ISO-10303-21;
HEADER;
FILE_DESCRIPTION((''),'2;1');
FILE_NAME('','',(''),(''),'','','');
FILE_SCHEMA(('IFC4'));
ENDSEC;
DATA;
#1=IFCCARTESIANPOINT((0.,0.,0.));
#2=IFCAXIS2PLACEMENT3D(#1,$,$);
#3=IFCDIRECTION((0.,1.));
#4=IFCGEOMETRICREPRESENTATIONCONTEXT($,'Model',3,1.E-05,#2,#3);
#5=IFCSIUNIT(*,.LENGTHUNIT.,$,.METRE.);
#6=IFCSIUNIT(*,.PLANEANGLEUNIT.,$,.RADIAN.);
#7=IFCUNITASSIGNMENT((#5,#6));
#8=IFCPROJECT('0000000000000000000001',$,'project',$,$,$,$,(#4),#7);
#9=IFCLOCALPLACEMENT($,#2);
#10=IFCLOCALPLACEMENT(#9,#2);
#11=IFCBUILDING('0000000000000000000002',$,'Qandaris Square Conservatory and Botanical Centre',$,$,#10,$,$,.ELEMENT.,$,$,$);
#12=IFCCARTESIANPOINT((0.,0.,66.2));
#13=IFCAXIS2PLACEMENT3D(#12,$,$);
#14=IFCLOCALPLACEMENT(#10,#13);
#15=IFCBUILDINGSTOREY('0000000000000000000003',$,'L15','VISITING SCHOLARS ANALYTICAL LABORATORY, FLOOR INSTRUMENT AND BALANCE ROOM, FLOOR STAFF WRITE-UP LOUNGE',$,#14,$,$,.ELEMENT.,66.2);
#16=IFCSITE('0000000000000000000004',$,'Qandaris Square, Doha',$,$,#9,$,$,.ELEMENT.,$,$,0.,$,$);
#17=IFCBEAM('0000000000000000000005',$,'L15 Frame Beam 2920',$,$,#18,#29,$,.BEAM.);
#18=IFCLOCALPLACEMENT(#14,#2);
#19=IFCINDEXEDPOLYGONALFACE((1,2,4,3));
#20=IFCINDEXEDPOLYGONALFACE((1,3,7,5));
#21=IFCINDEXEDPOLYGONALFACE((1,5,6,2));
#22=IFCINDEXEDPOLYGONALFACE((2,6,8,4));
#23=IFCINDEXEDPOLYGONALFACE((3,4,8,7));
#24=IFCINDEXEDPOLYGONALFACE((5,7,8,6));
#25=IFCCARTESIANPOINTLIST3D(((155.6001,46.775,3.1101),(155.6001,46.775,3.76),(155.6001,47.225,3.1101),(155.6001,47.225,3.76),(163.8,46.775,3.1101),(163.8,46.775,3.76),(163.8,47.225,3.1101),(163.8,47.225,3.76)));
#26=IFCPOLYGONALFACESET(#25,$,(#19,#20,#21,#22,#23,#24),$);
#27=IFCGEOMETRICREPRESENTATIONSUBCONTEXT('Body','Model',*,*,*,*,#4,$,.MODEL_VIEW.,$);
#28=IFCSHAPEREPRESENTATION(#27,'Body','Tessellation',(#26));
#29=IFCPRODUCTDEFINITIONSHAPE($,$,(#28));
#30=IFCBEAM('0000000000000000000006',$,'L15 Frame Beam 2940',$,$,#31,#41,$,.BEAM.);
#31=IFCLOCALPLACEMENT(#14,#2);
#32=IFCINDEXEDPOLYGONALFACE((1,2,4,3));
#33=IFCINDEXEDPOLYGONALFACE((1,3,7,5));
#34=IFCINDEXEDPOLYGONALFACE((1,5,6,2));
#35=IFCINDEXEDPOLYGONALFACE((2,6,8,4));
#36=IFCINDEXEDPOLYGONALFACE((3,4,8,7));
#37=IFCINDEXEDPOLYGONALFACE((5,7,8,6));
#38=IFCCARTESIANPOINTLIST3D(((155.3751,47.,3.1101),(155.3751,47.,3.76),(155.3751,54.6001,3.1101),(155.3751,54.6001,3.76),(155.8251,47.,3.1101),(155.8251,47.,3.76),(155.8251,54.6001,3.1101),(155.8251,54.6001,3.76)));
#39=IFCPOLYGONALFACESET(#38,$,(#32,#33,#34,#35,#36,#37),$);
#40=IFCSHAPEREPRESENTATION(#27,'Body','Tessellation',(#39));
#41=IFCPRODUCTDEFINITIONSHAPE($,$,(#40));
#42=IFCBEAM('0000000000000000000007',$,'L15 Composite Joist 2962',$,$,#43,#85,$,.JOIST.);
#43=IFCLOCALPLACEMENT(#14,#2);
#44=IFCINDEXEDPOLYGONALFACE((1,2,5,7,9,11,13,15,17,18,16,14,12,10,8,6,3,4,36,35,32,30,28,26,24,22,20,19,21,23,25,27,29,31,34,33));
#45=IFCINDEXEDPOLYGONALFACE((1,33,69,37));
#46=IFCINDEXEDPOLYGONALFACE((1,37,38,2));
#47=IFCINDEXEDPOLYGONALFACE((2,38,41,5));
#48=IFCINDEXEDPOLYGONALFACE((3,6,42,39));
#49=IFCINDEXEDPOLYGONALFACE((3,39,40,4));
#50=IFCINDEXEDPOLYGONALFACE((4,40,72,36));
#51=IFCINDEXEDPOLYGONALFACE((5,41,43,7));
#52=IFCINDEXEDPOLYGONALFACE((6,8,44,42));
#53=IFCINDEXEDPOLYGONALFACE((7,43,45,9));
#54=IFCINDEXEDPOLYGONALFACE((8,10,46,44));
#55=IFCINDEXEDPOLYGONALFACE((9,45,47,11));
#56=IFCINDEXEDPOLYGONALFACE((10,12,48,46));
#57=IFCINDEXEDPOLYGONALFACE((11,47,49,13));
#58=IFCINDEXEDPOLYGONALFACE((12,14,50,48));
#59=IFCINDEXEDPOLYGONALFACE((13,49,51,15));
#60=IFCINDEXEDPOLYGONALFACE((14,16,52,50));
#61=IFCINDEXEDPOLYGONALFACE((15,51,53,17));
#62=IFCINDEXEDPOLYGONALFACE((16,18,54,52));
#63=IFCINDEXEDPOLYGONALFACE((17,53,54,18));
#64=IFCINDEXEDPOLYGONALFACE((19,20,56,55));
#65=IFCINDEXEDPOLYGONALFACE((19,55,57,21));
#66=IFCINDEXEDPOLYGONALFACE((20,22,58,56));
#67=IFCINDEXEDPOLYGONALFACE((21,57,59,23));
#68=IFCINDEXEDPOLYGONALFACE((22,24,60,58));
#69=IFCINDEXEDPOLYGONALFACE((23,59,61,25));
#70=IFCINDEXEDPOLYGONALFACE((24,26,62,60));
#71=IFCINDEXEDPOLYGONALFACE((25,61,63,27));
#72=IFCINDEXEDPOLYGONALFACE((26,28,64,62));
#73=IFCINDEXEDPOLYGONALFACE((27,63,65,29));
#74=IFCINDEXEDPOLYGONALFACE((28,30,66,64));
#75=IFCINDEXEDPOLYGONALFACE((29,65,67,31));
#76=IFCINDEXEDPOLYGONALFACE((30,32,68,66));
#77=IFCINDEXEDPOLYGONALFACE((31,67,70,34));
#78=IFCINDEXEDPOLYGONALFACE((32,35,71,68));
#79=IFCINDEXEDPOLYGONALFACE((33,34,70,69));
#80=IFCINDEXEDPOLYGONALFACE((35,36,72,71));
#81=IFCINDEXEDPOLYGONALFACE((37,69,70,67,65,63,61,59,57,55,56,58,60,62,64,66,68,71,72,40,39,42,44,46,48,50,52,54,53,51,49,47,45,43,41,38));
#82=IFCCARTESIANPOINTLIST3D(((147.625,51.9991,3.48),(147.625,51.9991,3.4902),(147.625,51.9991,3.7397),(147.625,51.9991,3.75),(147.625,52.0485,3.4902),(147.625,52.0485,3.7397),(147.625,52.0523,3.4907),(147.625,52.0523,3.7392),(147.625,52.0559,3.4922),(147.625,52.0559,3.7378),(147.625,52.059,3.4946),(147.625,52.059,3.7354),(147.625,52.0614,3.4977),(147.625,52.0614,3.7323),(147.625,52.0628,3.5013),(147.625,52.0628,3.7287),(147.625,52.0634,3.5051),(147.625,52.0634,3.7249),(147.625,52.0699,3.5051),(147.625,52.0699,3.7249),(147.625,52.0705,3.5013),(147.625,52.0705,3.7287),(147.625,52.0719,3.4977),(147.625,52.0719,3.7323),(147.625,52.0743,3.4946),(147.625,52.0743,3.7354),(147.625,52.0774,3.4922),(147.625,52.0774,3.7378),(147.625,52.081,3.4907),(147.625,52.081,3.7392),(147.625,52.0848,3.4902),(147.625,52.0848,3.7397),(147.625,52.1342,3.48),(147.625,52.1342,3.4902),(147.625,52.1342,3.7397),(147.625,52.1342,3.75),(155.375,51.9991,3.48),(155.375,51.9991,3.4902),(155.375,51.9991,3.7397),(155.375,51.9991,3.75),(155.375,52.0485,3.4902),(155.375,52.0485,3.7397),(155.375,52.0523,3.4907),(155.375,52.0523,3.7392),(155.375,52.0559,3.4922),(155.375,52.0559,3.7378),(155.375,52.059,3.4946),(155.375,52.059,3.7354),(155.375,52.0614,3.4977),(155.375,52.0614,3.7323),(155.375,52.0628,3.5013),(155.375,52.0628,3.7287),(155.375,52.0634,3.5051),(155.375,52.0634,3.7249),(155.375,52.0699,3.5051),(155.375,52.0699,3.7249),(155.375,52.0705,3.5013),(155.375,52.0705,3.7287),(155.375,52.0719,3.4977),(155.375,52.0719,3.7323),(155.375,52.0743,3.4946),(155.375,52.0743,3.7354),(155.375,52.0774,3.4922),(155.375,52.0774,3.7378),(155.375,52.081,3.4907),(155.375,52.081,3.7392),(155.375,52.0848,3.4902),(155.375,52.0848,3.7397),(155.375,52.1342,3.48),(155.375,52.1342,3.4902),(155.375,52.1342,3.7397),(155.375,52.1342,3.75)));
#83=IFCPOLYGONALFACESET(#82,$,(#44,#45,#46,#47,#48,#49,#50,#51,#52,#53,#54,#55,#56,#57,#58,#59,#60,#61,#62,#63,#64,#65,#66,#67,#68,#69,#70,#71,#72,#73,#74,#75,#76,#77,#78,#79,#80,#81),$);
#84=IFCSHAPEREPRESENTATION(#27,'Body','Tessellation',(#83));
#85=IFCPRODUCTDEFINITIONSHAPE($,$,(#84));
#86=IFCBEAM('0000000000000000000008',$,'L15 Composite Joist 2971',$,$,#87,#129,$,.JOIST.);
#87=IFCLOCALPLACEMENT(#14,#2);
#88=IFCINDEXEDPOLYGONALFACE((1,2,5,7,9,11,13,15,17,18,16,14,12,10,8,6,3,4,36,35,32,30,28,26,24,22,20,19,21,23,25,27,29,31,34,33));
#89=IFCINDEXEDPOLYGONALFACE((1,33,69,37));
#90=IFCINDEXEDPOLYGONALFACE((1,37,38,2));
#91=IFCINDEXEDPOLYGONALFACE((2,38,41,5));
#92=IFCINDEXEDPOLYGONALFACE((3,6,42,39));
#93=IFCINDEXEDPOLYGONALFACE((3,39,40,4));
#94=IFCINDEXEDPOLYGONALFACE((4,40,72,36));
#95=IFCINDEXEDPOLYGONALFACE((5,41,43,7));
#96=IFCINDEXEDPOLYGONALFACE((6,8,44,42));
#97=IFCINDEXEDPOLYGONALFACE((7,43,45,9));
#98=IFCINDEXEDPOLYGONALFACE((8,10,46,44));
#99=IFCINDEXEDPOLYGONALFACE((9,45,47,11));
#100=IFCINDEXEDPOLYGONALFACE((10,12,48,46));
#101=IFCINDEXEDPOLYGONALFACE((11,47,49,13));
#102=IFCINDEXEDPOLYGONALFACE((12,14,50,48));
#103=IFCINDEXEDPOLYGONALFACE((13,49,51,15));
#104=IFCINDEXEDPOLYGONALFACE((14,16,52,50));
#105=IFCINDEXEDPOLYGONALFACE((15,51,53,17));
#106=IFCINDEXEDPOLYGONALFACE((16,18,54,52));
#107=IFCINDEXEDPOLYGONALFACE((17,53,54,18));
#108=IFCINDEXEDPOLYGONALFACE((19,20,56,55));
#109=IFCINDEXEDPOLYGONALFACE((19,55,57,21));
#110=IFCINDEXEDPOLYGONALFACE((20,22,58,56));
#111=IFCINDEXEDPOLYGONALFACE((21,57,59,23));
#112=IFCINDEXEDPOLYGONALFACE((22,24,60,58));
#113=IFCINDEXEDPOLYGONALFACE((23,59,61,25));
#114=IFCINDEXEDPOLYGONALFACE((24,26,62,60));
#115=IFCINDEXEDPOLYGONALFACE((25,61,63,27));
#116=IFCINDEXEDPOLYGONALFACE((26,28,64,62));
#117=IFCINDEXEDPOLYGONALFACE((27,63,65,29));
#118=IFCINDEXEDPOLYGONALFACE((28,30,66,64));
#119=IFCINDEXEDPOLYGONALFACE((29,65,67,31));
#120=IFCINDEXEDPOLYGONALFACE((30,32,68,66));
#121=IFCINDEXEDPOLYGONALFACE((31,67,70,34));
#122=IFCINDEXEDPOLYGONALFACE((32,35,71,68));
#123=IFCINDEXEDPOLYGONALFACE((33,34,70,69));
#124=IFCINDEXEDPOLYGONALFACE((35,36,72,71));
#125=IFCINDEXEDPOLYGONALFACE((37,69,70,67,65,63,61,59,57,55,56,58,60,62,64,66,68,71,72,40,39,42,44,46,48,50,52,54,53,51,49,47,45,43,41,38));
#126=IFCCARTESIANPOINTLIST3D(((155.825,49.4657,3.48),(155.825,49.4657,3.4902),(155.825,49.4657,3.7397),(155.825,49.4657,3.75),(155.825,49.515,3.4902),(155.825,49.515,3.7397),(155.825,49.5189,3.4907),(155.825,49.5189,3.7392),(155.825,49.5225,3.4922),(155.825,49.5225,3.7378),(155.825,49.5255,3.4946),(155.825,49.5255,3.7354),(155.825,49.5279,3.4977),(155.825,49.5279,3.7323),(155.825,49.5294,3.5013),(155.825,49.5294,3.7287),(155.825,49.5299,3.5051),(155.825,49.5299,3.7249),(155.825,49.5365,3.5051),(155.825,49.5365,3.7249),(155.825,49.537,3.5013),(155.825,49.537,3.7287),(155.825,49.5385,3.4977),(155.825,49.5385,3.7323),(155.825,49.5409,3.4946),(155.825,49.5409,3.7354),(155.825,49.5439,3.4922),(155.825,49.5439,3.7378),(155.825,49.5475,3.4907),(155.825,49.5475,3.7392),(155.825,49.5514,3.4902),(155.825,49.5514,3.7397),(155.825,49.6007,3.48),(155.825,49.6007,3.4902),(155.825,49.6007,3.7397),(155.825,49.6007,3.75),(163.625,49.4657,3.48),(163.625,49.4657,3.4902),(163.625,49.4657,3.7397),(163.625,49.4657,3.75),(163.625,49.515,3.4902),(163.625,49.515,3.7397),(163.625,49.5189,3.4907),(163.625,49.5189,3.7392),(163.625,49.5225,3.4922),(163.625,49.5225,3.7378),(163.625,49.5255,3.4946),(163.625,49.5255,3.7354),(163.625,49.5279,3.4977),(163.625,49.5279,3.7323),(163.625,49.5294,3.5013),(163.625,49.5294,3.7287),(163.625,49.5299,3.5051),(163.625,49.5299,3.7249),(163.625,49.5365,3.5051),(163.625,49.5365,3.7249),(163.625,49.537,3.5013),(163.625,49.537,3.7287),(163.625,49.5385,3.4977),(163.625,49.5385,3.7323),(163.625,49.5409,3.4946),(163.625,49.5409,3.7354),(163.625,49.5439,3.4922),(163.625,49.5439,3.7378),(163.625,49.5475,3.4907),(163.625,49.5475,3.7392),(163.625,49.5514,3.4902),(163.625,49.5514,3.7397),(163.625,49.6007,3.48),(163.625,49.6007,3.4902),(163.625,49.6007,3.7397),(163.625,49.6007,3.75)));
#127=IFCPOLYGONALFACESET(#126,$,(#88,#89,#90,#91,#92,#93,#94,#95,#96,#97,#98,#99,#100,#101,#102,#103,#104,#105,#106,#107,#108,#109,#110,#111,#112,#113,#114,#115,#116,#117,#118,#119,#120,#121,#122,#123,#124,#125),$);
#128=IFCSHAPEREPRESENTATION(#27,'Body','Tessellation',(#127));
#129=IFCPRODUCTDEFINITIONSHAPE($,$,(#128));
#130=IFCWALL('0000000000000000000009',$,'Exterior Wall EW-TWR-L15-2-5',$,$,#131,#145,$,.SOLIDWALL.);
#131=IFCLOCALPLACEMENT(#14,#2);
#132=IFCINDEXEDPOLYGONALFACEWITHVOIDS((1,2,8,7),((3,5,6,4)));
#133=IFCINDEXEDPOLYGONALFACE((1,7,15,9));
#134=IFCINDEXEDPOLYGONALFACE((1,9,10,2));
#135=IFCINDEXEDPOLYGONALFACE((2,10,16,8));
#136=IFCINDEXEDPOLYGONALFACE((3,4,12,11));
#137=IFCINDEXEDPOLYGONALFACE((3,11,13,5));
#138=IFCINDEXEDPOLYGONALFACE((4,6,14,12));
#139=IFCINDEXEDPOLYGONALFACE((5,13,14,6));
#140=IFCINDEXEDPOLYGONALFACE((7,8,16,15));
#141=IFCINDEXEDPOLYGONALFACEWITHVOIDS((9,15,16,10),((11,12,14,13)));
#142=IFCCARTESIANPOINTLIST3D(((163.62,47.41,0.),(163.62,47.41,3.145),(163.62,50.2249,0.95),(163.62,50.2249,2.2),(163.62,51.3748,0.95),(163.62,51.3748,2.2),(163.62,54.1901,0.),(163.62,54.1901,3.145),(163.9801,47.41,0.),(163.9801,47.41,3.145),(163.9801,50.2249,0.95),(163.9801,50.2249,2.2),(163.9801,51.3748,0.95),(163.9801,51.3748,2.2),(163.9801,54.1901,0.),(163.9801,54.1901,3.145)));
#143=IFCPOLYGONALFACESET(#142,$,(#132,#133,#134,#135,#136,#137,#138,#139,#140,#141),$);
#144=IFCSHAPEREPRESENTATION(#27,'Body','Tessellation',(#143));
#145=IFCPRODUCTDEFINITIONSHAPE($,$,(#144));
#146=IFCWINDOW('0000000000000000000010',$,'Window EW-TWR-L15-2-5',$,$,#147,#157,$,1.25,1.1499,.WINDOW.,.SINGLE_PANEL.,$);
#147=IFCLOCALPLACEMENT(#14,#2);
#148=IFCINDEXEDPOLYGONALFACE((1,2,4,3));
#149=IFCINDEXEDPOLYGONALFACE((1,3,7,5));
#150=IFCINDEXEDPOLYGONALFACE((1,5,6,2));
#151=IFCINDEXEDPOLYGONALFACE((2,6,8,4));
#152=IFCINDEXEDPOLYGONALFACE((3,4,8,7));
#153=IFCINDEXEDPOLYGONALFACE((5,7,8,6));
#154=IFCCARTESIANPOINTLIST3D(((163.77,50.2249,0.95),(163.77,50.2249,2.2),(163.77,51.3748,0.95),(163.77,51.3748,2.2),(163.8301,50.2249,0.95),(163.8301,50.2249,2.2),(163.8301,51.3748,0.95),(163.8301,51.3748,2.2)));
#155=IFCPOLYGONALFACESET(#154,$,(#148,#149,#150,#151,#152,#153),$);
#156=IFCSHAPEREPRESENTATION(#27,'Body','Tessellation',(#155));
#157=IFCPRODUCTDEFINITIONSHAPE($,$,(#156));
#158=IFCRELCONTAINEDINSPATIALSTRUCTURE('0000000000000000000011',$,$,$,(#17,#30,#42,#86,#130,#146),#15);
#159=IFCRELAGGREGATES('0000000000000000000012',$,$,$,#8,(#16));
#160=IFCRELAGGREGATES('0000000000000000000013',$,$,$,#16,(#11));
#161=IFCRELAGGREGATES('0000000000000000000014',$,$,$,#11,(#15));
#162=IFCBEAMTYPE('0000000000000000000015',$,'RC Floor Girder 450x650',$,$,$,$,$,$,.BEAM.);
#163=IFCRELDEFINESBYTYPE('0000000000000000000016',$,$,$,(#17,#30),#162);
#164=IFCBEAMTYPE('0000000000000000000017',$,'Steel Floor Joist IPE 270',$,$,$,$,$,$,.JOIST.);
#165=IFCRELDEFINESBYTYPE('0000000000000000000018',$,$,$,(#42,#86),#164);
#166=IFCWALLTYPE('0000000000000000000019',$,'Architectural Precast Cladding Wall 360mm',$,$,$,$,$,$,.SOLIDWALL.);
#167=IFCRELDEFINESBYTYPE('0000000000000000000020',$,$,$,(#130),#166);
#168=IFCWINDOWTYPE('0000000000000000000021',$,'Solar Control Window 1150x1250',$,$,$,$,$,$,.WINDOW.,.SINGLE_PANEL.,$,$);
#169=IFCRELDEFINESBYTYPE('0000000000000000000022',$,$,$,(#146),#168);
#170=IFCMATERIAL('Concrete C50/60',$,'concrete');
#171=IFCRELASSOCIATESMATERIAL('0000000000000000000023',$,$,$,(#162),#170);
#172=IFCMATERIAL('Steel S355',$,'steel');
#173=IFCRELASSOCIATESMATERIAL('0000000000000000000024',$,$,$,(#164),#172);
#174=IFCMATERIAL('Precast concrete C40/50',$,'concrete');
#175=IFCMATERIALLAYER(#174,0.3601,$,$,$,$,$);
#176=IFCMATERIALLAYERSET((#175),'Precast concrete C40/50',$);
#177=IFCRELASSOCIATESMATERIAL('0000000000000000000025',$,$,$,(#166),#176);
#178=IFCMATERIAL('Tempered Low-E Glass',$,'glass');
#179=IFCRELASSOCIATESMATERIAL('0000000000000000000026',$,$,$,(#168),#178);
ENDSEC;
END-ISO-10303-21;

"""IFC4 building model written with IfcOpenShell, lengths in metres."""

from ifc_helpers import new_model, si_unit, direction, frame, frame_2d, origin, origin_2d, place, context, subcontext, project, spatial, rectangle, i_section, extrude, material, layer, layer_set, material_profile, profile_set, type_object, element, fill, save


model = new_model("IFC4")

# Units and contexts
model_context = context("Model", 3, precision=1e-05, world=origin(), true_north=direction((0.0, 1.0)))
body_context = subcontext(model_context, "Body", "Model", "MODEL_VIEW")
ifc_project = project(units=[si_unit("LENGTHUNIT", "METRE"), si_unit("PLANEANGLEUNIT", "RADIAN")], contexts=[model_context])

# Site, building, storey
site_placement = place(None, origin())
site = spatial("IfcSite", under=ifc_project, at=site_placement, Name="Qandaris Square, Doha", CompositionType="ELEMENT", RefElevation=0.0)
building_placement = place(site_placement, origin())
building = spatial("IfcBuilding", under=site, at=building_placement, Name="Qandaris Square Conservatory and Botanical Centre", CompositionType="ELEMENT")
storey_placement = place(building_placement, frame((0.0, 0.0, 66.2)))
storey = spatial("IfcBuildingStorey", under=building, at=storey_placement, Name="L15", Description="VISITING SCHOLARS ANALYTICAL LABORATORY, FLOOR INSTRUMENT AND BALANCE ROOM, FLOOR STAFF WRITE-UP LOUNGE", CompositionType="ELEMENT", Elevation=66.2)

# Shared definitions
ifc_material_1 = material(Name="Concrete C50/60", Category="concrete")

# Shared definitions
ifc_material_2 = material(Name="Steel S355", Category="steel")

# Beams
ifc_material_profile_1 = material_profile(ifc_material_1, rectangle(XDim=0.45, YDim=0.6499, at=origin_2d()), Name="RC-BM 450x650")
ifc_profile_set_1 = profile_set([ifc_material_profile_1], Name="Concrete C50/60")
beam_type_1 = type_object("IfcBeamType", Name="RC Floor Girder 450x650", PredefinedType="BEAM", material=ifc_profile_set_1)
beam_1_placement = place(storey_placement, frame((155.6001, 47.0, 3.4351), z_axis=(1.0, 0.0, 0.0), x_axis=(0.0, 1.0, 0.0)))
element("IfcBeam", 1, at=beam_1_placement, inside=storey, type_object=beam_type_1, Name="L15 Frame Beam 2920", PredefinedType="BEAM", context=body_context, shape_type="SweptSolid", body=[
    extrude(rectangle(XDim=0.45, YDim=0.6499, at=origin_2d()), origin(), (0.0, 0.0, 1.0), 8.2),
])
beam_2_placement = place(storey_placement, frame((155.6001, 47.0, 3.4351), z_axis=(0.0, 1.0, 0.0), x_axis=(-1.0, 0.0, 0.0)))
element("IfcBeam", 2, at=beam_2_placement, inside=storey, type_object=beam_type_1, Name="L15 Frame Beam 2940", PredefinedType="BEAM", context=body_context, shape_type="SweptSolid", body=[
    extrude(rectangle(XDim=0.45, YDim=0.6499, at=origin_2d()), origin(), (0.0, 0.0, 1.0), 7.6001),
])
ifc_material_profile_2 = material_profile(ifc_material_2, i_section(OverallWidth=0.135, OverallDepth=0.27, WebThickness=0.0066, FlangeThickness=0.0103, FilletRadius=0.0149, at=origin_2d()), Name="IPE 270")
ifc_profile_set_2 = profile_set([ifc_material_profile_2], Name="Steel S355")
beam_type_2 = type_object("IfcBeamType", Name="Steel Floor Joist IPE 270", PredefinedType="JOIST", material=ifc_profile_set_2)
beam_3_placement = place(storey_placement, frame((147.625, 52.0667, 3.615), z_axis=(1.0, 0.0, 0.0), x_axis=(0.0, 1.0, 0.0)))
element("IfcBeam", 3, at=beam_3_placement, inside=storey, type_object=beam_type_2, Name="L15 Composite Joist 2962", PredefinedType="JOIST", context=body_context, shape_type="SweptSolid", body=[
    extrude(i_section(OverallWidth=0.135, OverallDepth=0.27, WebThickness=0.0066, FlangeThickness=0.0103, FilletRadius=0.0149, at=origin_2d()), origin(), (0.0, 0.0, 1.0), 7.75),
])
beam_4_placement = place(storey_placement, frame((155.825, 49.5332, 3.615), z_axis=(1.0, 0.0, 0.0), x_axis=(0.0, 1.0, 0.0)))
element("IfcBeam", 4, at=beam_4_placement, inside=storey, type_object=beam_type_2, Name="L15 Composite Joist 2971", PredefinedType="JOIST", context=body_context, shape_type="SweptSolid", body=[
    extrude(i_section(OverallWidth=0.135, OverallDepth=0.27, WebThickness=0.0066, FlangeThickness=0.0103, FilletRadius=0.0149, at=origin_2d()), origin(), (0.0, 0.0, 1.0), 7.8),
])

# Wall, opening, window
ifc_material_3 = material(Name="Precast concrete C40/50", Category="concrete")
ifc_layer_1 = layer(ifc_material_3, 0.3601)
ifc_layer_set_1 = layer_set([ifc_layer_1], Name="Precast concrete C40/50")
wall_type_1 = type_object("IfcWallType", Name="Architectural Precast Cladding Wall 360mm", PredefinedType="SOLIDWALL", material=ifc_layer_set_1)
wall_1_placement = place(storey_placement, frame((163.8, 47.4099, 0.0), z_axis=(0.0, 0.0, 1.0), x_axis=(0.0, 1.0, 0.0)))
wall_1 = element("IfcWall", 5, at=wall_1_placement, inside=storey, type_object=wall_type_1, Name="Exterior Wall EW-TWR-L15-2-5", PredefinedType="SOLIDWALL", context=body_context, shape_type="SweptSolid", body=[
    extrude(rectangle(XDim=6.78, YDim=0.3601, at=frame_2d((3.3901, 0.0))), origin(), (0.0, 0.0, 1.0), 3.145),
])
opening_1_placement = place(wall_1_placement, frame((2.8149, 0.0, 0.95)))
opening_1 = element("IfcOpeningElement", 6, at=opening_1_placement, cuts=wall_1, PredefinedType="OPENING", context=body_context, shape_type="SweptSolid", body=[
    extrude(rectangle(XDim=1.1499, YDim=1.25, at=frame_2d((0.575, 0.625))), frame((0.0, 0.1919, 0.0), z_axis=(0.0, -1.0, 0.0), x_axis=(1.0, 0.0, 0.0)), (0.0, 0.0, 1.0), 0.384),
])
ifc_material_4 = material(Name="Tempered Low-E Glass", Category="glass")
window_type_1 = type_object("IfcWindowType", Name="Solar Control Window 1150x1250", PartitioningType="SINGLE_PANEL", PredefinedType="WINDOW", material=ifc_material_4)
window_1_placement = place(opening_1_placement, origin())
window_1 = element("IfcWindow", 7, at=window_1_placement, inside=storey, type_object=window_type_1, Name="Window EW-TWR-L15-2-5", OverallHeight=1.25, OverallWidth=1.1499, PartitioningType="SINGLE_PANEL", PredefinedType="WINDOW", context=body_context, shape_type="SweptSolid", body=[
    extrude(rectangle(XDim=1.1499, YDim=1.25, at=frame_2d((0.575, 0.625))), frame((0.0, 0.03, 0.0), z_axis=(0.0, -1.0, 0.0), x_axis=(1.0, 0.0, 0.0)), (0.0, 0.0, 1.0), 0.0601),
])
fill(opening_1, window_1)

save(model, "model.ifc")
